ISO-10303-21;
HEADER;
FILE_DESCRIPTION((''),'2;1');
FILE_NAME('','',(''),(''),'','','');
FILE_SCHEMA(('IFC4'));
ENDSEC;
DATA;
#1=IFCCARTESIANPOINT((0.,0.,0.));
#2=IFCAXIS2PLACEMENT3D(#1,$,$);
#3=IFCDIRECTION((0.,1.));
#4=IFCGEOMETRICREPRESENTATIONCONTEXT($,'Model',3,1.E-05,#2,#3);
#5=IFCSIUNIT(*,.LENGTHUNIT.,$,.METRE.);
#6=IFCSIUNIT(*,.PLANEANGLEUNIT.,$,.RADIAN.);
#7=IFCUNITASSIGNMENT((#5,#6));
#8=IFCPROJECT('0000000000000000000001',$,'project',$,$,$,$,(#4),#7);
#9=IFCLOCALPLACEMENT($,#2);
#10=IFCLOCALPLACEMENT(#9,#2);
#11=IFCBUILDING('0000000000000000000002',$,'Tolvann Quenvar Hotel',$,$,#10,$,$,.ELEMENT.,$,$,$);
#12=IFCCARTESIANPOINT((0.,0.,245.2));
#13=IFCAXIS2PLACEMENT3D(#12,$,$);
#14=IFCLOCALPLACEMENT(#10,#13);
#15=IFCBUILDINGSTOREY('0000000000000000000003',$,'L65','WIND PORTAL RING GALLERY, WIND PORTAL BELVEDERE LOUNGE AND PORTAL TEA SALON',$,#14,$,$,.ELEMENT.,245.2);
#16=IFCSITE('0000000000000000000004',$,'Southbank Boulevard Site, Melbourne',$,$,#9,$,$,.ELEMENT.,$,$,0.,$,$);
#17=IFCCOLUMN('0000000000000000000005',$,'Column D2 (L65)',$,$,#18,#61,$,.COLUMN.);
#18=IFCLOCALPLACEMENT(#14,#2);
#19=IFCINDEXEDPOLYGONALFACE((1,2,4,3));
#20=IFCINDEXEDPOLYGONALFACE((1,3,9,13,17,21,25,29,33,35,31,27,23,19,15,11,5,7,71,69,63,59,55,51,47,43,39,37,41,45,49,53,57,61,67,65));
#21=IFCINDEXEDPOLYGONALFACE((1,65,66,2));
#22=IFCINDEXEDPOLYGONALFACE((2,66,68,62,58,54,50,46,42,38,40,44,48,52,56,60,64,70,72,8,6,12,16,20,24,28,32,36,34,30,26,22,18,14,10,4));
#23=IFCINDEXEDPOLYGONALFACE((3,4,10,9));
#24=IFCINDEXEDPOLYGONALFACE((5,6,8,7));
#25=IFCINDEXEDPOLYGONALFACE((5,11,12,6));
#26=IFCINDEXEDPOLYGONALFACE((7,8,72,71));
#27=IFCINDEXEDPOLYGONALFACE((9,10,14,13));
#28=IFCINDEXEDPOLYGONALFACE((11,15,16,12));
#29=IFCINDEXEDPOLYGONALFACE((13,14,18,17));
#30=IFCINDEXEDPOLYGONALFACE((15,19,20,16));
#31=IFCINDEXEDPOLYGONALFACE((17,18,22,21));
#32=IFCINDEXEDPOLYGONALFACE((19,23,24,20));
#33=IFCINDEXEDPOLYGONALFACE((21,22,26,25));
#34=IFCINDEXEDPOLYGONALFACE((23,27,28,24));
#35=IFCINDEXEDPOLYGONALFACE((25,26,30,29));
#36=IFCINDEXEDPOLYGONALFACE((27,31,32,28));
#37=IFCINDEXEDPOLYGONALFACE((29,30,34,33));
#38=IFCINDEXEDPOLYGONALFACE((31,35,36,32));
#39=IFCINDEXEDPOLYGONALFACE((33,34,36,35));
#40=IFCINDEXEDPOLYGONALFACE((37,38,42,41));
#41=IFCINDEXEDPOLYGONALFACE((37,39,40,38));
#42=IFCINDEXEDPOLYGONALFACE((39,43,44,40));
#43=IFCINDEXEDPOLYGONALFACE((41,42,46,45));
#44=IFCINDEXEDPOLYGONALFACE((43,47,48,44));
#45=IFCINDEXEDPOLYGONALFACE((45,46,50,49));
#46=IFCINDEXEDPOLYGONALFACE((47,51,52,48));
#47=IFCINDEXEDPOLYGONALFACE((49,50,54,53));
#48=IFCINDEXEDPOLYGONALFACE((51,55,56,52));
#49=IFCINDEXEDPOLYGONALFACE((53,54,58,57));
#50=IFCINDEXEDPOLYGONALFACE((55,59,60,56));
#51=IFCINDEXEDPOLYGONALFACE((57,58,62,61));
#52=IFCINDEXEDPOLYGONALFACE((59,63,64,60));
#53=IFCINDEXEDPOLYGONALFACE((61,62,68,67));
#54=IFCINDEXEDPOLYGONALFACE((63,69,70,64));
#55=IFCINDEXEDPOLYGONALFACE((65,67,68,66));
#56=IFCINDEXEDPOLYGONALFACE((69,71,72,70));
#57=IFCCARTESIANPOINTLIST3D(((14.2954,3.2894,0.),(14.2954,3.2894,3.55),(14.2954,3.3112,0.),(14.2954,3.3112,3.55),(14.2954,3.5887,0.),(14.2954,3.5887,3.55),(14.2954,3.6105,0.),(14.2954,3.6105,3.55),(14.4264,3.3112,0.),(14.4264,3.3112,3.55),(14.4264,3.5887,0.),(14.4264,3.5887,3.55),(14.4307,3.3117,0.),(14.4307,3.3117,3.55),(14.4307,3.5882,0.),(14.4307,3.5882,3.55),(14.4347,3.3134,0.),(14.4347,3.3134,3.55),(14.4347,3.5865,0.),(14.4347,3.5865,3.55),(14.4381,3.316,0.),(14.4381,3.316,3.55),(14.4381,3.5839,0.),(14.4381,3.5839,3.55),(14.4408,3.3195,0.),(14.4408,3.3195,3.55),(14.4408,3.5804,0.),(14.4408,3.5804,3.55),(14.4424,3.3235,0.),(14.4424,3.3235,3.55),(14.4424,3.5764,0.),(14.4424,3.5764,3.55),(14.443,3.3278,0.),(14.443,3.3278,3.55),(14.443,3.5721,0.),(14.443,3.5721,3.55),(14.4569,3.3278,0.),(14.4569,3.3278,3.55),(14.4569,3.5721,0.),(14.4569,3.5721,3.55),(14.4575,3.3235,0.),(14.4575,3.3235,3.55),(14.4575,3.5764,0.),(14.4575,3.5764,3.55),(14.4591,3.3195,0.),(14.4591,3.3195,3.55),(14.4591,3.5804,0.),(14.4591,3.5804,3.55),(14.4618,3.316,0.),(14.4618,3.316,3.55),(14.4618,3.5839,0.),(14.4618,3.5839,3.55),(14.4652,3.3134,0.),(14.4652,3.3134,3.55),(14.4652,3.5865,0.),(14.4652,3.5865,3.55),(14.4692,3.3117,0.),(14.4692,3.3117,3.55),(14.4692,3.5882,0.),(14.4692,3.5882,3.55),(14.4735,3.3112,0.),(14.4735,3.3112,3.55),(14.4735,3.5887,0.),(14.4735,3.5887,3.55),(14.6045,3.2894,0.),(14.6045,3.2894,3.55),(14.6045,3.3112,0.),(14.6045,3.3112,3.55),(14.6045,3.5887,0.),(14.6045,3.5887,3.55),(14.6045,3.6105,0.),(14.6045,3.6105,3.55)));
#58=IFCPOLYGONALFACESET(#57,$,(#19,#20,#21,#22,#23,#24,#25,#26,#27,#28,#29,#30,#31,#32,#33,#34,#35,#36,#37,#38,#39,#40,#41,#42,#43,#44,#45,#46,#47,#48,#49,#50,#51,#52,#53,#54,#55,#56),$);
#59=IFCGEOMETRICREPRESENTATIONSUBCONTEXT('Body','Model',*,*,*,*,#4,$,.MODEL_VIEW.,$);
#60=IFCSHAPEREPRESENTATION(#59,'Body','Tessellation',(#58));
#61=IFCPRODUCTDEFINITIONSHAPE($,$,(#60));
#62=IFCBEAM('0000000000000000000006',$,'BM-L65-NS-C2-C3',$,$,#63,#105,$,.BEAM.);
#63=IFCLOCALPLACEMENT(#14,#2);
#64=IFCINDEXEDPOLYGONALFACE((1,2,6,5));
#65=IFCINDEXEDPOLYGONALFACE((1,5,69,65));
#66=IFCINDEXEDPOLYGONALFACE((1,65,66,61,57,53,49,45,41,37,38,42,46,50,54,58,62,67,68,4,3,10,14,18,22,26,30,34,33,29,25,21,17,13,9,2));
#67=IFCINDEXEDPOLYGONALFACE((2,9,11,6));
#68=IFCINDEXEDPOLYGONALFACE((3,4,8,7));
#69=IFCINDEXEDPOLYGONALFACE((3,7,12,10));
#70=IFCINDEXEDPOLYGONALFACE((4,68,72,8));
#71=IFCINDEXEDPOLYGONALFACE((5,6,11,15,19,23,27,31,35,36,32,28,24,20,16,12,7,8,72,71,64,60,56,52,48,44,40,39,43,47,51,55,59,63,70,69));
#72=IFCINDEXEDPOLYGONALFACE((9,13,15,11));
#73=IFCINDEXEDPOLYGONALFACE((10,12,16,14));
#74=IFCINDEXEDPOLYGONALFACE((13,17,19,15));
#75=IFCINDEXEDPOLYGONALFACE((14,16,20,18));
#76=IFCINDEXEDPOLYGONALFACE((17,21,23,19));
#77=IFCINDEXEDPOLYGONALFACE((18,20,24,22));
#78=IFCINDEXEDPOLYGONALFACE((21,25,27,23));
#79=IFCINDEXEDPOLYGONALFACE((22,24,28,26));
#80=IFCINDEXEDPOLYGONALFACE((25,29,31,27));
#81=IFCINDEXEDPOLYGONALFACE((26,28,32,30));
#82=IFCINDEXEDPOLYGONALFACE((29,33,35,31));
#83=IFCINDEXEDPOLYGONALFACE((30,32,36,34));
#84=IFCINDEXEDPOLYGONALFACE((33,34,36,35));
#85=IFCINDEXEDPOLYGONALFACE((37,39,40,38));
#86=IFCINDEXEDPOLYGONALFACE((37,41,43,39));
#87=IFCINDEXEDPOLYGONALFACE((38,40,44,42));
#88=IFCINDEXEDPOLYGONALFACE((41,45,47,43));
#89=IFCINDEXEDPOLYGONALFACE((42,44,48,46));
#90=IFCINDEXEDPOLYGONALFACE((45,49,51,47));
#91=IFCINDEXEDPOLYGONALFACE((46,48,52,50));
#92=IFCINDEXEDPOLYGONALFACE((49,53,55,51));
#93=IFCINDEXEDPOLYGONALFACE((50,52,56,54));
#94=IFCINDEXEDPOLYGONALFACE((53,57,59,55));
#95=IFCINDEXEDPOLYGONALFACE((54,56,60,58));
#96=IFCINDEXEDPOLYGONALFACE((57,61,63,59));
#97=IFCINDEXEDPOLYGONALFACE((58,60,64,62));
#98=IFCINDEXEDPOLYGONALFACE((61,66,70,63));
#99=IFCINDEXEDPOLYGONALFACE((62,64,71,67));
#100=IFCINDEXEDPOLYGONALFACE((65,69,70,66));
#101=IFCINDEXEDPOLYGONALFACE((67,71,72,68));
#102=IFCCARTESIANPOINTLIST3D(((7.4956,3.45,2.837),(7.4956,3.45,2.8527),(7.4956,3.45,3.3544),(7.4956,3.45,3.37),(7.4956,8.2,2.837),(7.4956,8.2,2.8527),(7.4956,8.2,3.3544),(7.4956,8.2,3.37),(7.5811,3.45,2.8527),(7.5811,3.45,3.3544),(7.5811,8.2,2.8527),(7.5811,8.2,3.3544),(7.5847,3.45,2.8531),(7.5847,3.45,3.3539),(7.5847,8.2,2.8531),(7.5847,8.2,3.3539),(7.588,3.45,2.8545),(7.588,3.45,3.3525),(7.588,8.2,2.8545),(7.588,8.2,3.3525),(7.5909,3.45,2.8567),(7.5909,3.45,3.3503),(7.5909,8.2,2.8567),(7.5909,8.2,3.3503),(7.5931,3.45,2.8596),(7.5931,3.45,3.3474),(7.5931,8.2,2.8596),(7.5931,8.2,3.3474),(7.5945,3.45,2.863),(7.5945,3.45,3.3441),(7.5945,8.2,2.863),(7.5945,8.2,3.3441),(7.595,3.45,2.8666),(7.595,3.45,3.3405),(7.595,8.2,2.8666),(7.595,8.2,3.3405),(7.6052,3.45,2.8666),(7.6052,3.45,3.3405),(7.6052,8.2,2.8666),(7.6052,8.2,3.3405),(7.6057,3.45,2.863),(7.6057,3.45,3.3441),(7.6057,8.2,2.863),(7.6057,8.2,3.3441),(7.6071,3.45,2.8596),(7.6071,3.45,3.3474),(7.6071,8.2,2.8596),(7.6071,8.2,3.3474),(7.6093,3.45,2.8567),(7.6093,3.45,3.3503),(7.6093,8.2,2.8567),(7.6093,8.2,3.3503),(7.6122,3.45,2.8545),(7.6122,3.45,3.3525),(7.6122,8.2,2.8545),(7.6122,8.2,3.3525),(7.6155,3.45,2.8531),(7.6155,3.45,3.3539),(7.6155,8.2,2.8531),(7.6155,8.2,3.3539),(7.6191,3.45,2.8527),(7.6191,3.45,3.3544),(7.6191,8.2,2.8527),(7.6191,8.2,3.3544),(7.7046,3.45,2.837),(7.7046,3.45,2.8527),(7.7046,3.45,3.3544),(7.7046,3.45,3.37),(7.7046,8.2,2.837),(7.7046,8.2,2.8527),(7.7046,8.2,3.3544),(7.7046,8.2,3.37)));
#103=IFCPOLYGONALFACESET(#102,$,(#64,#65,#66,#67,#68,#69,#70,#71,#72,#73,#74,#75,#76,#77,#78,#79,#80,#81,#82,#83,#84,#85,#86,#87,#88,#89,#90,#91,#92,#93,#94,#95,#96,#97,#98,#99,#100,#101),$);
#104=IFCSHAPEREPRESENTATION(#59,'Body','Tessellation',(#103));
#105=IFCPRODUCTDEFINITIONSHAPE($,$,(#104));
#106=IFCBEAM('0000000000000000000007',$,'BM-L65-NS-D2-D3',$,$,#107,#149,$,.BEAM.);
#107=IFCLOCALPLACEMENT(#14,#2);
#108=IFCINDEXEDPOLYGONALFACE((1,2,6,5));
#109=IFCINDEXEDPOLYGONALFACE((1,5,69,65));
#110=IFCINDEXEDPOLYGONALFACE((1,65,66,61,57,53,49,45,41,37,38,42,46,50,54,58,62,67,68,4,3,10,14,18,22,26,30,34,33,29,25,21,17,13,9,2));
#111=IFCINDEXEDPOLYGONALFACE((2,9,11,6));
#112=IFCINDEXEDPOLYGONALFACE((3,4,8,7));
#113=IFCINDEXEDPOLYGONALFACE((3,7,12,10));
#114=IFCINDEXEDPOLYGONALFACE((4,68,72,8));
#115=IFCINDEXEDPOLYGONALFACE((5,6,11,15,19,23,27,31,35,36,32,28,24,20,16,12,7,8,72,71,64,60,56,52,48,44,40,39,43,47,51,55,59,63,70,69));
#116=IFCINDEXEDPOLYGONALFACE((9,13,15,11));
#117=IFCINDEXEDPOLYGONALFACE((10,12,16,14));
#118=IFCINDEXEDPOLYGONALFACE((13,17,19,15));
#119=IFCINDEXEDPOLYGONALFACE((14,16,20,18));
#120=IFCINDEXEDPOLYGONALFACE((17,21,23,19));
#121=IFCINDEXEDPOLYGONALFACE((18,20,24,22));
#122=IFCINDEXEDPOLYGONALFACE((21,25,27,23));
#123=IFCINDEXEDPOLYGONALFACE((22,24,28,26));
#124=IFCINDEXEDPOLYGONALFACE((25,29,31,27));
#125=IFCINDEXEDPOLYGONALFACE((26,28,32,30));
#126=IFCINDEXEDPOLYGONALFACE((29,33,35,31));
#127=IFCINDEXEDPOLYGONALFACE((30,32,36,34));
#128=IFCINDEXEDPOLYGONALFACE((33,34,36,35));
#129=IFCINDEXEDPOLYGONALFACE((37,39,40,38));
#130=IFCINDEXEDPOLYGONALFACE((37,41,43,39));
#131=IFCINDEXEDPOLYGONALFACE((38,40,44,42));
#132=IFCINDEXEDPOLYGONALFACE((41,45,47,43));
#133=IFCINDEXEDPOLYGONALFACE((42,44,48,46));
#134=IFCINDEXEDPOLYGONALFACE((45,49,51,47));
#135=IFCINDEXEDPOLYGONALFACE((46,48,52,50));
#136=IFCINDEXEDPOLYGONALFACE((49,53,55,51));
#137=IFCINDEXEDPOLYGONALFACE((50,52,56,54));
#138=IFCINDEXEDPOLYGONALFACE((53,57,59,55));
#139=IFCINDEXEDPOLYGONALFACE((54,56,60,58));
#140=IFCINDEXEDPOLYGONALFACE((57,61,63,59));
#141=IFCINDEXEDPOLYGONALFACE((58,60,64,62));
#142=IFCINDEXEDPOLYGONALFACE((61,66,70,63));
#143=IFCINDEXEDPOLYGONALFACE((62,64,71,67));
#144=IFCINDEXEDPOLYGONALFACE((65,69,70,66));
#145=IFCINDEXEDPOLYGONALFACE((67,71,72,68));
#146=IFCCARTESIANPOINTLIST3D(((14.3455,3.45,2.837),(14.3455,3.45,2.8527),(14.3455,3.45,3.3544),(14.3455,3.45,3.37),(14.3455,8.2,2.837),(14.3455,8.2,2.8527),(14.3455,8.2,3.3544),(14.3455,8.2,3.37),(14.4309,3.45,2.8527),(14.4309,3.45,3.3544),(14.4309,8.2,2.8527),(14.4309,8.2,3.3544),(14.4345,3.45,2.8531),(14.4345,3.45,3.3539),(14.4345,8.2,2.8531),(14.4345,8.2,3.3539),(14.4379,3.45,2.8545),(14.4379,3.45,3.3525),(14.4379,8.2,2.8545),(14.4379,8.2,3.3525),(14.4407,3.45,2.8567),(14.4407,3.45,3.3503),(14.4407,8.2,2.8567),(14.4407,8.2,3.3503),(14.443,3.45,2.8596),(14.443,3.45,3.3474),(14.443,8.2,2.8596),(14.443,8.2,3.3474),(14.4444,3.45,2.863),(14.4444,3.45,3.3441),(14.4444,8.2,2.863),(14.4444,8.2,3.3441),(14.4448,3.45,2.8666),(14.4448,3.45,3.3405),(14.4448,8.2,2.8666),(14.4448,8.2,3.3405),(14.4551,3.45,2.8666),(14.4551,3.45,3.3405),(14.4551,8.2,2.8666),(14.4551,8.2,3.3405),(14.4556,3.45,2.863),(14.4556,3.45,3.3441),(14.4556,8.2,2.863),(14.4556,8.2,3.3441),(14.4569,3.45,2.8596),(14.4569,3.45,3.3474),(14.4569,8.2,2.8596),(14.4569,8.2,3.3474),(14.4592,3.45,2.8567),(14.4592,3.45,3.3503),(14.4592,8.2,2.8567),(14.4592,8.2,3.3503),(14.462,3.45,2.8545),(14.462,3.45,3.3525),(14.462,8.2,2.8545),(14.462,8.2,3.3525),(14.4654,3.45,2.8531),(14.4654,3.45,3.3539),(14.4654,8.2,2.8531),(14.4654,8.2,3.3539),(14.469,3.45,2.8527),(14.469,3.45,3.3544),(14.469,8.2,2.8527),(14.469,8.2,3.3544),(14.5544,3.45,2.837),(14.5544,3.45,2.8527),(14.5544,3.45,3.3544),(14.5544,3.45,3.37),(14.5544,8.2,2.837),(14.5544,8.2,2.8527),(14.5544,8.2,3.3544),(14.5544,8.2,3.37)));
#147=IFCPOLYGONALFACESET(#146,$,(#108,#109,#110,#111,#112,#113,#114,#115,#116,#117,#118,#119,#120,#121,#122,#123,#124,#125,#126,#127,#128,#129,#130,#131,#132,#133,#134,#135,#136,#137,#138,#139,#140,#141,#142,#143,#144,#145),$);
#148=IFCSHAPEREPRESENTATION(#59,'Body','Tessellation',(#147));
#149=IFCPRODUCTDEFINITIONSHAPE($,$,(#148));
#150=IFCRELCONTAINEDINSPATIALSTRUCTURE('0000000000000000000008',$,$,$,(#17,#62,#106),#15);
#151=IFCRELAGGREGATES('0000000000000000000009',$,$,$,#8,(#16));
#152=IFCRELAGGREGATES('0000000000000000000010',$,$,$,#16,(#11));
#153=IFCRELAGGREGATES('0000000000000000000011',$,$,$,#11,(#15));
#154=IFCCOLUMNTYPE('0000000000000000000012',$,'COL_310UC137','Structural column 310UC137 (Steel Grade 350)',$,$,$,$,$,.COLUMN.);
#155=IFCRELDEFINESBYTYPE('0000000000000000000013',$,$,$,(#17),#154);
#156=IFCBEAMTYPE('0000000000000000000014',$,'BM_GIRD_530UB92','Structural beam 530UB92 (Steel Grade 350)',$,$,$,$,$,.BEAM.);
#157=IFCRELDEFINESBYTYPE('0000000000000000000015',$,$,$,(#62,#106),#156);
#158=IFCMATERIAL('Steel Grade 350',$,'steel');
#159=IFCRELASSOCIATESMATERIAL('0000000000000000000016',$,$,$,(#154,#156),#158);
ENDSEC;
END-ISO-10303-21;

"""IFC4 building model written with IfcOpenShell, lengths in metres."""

from ifc_helpers import new_model, si_unit, direction, frame, origin, origin_2d, place, context, subcontext, project, spatial, i_section, extrude, source, transform, mapped, material, material_profile, profile_set, type_object, type_shapes, element, save


model = new_model("IFC4")

# Units and contexts
model_context = context("Model", 3, precision=1e-05, world=origin(), true_north=direction((0.0, 1.0)))
body_context = subcontext(model_context, "Body", "Model", "MODEL_VIEW")
ifc_project = project(units=[si_unit("LENGTHUNIT", "METRE"), si_unit("PLANEANGLEUNIT", "RADIAN")], contexts=[model_context])

# Site, building, storey
site_placement = place(None, origin())
site = spatial("IfcSite", under=ifc_project, at=site_placement, Name="Southbank Boulevard Site, Melbourne", CompositionType="ELEMENT", RefElevation=0.0)
building_placement = place(site_placement, origin())
building = spatial("IfcBuilding", under=site, at=building_placement, Name="Tolvann Quenvar Hotel", CompositionType="ELEMENT")
storey_placement = place(building_placement, frame((0.0, 0.0, 245.2)))
storey = spatial("IfcBuildingStorey", under=building, at=storey_placement, Name="L65", Description="WIND PORTAL RING GALLERY, WIND PORTAL BELVEDERE LOUNGE AND PORTAL TEA SALON", CompositionType="ELEMENT", Elevation=245.2)

# Column
ifc_material_1 = material(Name="Steel Grade 350", Category="steel")
ifc_material_profile_1 = material_profile(ifc_material_1, i_section(OverallWidth=0.3091, OverallDepth=0.321, WebThickness=0.0139, FlangeThickness=0.0217, FilletRadius=0.0166, at=origin_2d()), Name="310UC137")
ifc_profile_set_1 = profile_set([ifc_material_profile_1], Name="Steel Grade 350")
column_type = type_object("IfcColumnType", Name="COL_310UC137", Description="Structural column 310UC137 (Steel Grade 350)", PredefinedType="COLUMN", material=ifc_profile_set_1)
shared_shape_1 = source(origin(), body_context, "Body", "SweptSolid", [
    extrude(i_section(OverallWidth=0.3091, OverallDepth=0.321, WebThickness=0.0139, FlangeThickness=0.0217, FilletRadius=0.0166, at=origin_2d()), origin(), (0.0, 0.0, 1.0), 3.55),
])
type_shapes(column_type, [shared_shape_1])
column_placement = place(storey_placement, frame((14.45, 3.45, 0.0), z_axis=(0.0, 0.0, 1.0), x_axis=(1.0, 0.0, 0.0)))
element("IfcColumn", 1, at=column_placement, inside=storey, type_object=column_type, Name="Column D2 (L65)", PredefinedType="COLUMN", context=body_context, shape_type="MappedRepresentation", body=[
    mapped(shared_shape_1, transform((0.0, 0.0, 0.0), x_axis=(1.0, 0.0, 0.0), y_axis=(0.0, 1.0, 0.0), z_axis=(0.0, 0.0, 1.0), scale=1.0)),
])

# Beams
ifc_material_profile_2 = material_profile(ifc_material_1, i_section(OverallWidth=0.209, OverallDepth=0.533, WebThickness=0.0103, FlangeThickness=0.0156, FilletRadius=0.0139, at=origin_2d()), Name="530UB92")
ifc_profile_set_2 = profile_set([ifc_material_profile_2], Name="Steel Grade 350")
beam_type_1 = type_object("IfcBeamType", Name="BM_GIRD_530UB92", Description="Structural beam 530UB92 (Steel Grade 350)", PredefinedType="BEAM", material=ifc_profile_set_2)
shared_shape_2 = source(origin(), body_context, "Body", "SweptSolid", [
    extrude(i_section(OverallWidth=0.209, OverallDepth=0.533, WebThickness=0.0103, FlangeThickness=0.0156, FilletRadius=0.0139, at=origin_2d()), origin(), (0.0, 0.0, 1.0), 4.75),
])
type_shapes(beam_type_1, [shared_shape_2])
for number, where, z_axis, x_axis, name in (
    (2, (7.6001, 3.45, 3.1035), (0.0, 1.0, 0.0), (-1.0, 0.0, 0.0), "BM-L65-NS-C2-C3"),
    (3, (14.45, 3.45, 3.1035), (0.0, 1.0, 0.0), (-1.0, 0.0, 0.0), "BM-L65-NS-D2-D3"),
):
    element("IfcBeam", number, at=place(storey_placement, frame(where, z_axis=z_axis, x_axis=x_axis)), inside=storey, type_object=beam_type_1, Name=name, PredefinedType="BEAM", context=body_context, shape_type="MappedRepresentation", body=[
        mapped(shared_shape_2, transform((0.0, 0.0, 0.0), x_axis=(1.0, 0.0, 0.0), y_axis=(0.0, 1.0, 0.0), z_axis=(0.0, 0.0, 1.0), scale=1.0)),
    ])

save(model, "model.ifc")
